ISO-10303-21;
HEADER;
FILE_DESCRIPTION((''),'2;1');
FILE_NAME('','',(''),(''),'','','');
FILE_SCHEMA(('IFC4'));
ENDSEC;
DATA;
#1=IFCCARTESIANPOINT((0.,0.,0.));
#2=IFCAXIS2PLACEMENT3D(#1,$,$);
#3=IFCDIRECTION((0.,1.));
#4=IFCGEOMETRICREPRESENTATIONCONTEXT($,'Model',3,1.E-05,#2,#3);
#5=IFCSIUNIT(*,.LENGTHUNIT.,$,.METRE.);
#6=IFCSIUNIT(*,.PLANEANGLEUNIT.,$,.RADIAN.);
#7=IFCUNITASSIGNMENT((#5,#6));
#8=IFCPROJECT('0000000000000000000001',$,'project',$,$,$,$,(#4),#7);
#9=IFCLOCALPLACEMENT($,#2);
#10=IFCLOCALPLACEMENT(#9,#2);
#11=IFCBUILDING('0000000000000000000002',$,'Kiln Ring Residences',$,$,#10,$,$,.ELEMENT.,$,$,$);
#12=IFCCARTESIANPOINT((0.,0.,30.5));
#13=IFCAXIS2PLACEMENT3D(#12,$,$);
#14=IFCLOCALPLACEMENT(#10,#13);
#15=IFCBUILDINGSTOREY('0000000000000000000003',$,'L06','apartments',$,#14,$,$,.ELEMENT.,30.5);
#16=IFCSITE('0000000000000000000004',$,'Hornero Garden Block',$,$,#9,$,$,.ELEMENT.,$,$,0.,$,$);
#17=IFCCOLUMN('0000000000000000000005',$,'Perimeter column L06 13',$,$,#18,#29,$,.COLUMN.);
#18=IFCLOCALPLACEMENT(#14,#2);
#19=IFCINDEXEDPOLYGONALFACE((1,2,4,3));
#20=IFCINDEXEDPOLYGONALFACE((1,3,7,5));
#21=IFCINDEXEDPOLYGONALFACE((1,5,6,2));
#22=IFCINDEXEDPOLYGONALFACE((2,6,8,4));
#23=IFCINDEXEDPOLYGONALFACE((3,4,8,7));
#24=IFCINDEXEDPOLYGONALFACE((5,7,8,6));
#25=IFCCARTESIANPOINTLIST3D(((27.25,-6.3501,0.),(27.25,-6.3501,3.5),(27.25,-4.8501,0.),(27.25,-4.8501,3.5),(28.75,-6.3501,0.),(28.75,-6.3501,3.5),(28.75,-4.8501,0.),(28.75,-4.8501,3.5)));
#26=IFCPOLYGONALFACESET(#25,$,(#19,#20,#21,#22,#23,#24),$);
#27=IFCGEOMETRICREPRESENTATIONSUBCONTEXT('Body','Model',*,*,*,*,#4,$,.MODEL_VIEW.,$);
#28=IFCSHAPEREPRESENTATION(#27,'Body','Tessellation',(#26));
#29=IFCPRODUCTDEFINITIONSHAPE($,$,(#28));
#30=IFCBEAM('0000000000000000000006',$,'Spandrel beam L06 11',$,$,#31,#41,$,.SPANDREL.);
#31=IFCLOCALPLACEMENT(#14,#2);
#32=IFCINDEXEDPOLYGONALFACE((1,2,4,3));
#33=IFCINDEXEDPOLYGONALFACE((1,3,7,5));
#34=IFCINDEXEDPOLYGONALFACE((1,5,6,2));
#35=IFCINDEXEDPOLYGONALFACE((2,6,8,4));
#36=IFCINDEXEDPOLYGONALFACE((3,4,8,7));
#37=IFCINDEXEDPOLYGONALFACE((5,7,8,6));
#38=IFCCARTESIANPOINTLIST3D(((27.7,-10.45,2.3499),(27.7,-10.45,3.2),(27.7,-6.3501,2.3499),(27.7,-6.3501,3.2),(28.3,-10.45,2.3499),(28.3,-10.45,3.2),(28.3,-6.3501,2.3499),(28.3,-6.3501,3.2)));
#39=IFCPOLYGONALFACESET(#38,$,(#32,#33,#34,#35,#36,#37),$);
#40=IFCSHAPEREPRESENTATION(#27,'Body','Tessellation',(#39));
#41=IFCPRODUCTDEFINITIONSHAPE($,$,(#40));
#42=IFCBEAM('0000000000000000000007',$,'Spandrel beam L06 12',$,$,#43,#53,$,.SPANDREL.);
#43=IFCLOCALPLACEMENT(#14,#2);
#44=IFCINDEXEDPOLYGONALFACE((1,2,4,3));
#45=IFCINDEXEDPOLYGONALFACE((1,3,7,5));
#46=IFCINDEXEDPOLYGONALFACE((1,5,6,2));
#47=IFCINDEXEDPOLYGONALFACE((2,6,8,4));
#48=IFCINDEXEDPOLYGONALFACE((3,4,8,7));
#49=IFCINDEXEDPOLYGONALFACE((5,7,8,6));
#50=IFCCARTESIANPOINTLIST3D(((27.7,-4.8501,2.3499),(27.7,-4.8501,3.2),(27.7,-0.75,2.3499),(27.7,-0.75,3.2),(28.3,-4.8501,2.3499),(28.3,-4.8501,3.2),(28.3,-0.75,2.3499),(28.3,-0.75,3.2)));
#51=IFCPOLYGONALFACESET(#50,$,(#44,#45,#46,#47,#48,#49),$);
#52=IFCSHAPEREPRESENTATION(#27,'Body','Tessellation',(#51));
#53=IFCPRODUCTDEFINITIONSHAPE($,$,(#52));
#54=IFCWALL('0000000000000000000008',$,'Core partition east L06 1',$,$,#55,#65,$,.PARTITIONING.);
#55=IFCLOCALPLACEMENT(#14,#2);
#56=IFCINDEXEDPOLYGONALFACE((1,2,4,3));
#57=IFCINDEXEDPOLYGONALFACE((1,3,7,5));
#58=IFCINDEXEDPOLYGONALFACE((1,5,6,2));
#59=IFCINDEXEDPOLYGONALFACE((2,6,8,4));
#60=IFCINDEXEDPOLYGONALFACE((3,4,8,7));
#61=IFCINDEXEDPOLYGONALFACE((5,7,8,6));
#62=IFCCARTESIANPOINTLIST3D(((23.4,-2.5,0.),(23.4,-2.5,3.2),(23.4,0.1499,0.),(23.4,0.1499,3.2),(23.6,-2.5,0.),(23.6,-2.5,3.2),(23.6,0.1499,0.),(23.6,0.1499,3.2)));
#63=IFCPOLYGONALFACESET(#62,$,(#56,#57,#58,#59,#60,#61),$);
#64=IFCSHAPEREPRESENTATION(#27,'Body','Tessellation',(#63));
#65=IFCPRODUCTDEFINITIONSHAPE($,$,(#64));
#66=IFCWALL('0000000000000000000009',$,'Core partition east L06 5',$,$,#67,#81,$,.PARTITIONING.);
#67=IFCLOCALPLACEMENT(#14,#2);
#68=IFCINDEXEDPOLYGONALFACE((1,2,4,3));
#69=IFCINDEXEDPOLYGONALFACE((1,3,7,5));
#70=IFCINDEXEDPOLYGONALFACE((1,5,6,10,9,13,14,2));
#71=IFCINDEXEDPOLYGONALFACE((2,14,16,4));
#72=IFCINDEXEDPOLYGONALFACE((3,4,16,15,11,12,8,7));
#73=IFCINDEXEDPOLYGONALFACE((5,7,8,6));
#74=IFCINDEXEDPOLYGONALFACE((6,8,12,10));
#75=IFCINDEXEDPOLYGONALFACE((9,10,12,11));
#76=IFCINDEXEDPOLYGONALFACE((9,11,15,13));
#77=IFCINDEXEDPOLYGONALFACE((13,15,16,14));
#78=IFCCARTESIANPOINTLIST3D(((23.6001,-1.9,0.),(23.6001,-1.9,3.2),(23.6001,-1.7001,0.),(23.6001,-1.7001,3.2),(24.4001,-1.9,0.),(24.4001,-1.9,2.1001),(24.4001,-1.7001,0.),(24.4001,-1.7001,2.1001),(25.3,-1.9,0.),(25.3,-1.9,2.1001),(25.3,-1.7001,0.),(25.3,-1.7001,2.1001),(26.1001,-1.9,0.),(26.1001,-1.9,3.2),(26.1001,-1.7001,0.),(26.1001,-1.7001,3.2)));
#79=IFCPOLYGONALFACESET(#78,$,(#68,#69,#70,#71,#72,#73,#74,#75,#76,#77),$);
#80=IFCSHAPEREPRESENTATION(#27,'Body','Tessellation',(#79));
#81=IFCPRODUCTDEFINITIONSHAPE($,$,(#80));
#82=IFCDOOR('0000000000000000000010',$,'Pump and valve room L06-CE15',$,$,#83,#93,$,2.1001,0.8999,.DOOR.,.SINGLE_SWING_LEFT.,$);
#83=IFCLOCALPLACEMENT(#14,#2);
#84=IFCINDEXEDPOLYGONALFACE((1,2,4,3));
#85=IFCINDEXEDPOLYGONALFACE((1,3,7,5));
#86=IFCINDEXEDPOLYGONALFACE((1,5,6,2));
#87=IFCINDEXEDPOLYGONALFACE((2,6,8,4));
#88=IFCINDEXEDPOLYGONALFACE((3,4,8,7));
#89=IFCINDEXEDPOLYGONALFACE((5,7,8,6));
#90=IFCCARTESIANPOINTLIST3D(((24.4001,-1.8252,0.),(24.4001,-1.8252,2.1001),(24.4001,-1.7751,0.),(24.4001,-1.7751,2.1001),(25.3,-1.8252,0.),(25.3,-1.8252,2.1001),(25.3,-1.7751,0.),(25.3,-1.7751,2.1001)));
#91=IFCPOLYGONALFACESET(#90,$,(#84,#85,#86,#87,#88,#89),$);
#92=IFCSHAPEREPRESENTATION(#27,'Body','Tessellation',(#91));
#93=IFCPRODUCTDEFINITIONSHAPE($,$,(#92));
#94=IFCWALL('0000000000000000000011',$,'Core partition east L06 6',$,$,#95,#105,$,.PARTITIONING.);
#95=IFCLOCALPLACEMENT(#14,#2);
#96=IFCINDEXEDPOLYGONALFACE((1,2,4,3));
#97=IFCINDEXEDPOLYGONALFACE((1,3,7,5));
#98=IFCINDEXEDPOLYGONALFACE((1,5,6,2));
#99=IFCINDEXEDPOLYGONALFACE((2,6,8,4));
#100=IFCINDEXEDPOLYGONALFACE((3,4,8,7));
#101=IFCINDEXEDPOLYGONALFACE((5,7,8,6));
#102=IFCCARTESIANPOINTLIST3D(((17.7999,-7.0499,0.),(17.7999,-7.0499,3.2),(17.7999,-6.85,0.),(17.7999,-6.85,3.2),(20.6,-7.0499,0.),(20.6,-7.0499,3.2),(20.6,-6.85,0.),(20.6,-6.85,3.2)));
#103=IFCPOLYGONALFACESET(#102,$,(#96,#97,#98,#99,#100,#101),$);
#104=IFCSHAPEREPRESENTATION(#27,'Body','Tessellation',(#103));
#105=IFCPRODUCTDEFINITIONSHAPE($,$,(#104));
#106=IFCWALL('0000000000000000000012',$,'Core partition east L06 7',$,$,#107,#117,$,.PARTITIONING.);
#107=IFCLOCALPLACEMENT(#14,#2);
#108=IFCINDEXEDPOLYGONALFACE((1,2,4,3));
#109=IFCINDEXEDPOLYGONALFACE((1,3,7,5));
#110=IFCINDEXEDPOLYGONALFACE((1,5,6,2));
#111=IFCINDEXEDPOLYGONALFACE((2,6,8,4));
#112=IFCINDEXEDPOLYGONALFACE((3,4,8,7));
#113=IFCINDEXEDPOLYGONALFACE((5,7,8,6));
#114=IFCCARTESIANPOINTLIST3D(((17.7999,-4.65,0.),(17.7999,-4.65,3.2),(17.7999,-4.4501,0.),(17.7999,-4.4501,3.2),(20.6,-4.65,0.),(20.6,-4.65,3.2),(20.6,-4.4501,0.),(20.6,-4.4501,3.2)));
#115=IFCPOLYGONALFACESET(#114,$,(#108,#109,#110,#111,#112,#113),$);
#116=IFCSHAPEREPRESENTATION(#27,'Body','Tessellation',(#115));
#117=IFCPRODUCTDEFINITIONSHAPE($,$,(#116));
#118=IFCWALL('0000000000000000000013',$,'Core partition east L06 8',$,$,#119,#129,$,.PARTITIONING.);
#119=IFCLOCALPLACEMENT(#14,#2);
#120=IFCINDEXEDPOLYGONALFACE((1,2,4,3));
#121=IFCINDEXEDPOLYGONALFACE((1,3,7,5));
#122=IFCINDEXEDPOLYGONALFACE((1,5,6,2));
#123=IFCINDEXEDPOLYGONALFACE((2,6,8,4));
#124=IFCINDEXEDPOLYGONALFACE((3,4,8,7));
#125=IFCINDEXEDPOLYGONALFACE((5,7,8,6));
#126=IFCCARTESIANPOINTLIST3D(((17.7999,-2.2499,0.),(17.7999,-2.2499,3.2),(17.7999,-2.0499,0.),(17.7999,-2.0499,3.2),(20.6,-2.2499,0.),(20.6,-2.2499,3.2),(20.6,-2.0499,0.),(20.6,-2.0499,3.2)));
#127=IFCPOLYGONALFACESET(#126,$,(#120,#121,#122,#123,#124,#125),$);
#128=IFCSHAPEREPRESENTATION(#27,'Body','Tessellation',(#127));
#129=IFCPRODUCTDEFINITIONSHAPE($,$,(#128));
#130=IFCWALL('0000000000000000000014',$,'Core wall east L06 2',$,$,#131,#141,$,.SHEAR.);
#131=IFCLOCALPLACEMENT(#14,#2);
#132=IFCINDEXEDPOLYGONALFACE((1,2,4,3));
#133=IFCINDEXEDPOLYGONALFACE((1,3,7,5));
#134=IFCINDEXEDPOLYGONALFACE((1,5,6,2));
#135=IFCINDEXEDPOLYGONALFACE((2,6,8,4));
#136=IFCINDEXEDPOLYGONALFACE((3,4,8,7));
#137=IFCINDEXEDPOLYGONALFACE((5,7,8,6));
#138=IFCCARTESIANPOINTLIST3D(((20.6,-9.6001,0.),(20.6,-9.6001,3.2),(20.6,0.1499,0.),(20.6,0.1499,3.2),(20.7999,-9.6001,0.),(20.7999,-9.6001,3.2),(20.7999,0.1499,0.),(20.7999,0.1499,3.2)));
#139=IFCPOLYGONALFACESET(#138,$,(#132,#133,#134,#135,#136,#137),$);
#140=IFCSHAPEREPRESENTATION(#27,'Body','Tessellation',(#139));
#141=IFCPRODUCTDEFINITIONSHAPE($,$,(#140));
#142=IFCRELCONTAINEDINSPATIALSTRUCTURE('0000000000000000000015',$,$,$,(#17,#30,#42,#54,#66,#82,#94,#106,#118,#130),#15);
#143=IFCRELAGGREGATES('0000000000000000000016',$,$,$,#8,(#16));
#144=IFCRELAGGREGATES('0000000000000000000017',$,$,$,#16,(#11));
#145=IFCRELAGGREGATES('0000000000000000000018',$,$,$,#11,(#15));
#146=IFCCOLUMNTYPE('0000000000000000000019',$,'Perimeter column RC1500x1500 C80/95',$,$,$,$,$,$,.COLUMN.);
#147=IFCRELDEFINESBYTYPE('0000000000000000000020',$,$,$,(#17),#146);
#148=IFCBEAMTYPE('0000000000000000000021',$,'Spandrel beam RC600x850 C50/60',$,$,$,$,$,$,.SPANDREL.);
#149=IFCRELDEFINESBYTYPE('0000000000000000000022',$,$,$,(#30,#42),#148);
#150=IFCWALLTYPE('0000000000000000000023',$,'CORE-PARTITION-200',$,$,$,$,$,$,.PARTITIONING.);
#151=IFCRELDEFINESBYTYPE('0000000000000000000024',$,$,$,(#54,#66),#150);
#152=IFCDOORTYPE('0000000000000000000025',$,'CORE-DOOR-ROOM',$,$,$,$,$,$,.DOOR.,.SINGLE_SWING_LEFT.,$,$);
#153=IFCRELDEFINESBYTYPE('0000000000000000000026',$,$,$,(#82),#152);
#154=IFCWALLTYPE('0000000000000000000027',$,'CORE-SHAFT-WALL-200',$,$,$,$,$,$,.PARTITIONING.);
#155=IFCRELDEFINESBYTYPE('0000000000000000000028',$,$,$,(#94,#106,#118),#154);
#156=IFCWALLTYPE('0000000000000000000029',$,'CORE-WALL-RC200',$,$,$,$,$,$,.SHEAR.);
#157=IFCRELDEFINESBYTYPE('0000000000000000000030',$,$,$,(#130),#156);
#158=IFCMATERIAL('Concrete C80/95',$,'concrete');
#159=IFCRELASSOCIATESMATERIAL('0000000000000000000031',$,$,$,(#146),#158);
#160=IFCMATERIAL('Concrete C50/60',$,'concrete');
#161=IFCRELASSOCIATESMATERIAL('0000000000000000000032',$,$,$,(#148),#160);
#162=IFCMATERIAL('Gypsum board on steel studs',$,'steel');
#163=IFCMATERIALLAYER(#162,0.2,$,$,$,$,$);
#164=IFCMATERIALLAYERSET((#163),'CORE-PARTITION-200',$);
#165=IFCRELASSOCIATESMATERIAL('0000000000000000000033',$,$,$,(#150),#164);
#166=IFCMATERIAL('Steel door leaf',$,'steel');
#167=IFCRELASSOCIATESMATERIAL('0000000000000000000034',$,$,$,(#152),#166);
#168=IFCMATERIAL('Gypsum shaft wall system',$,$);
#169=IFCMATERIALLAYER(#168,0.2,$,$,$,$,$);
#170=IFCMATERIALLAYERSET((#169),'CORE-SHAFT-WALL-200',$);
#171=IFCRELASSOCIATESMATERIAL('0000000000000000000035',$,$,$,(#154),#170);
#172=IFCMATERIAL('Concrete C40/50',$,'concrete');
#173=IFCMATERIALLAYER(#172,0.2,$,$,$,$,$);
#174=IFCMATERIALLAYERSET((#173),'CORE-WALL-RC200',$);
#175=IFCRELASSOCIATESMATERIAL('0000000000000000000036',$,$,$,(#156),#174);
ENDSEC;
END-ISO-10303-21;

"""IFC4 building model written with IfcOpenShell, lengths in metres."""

from ifc_helpers import new_model, si_unit, direction, frame, frame_2d, origin, origin_2d, place, context, subcontext, project, spatial, rectangle, extrude, material, layer, layer_set, material_profile, profile_set, type_object, element, fill, save


model = new_model("IFC4")

# Units and contexts
model_context = context("Model", 3, precision=1e-05, world=origin(), true_north=direction((0.0, 1.0)))
body_context = subcontext(model_context, "Body", "Model", "MODEL_VIEW")
ifc_project = project(units=[si_unit("LENGTHUNIT", "METRE"), si_unit("PLANEANGLEUNIT", "RADIAN")], contexts=[model_context])

# Site, building, storey
site_placement = place(None, origin())
site = spatial("IfcSite", under=ifc_project, at=site_placement, Name="Hornero Garden Block", CompositionType="ELEMENT", RefElevation=0.0)
building_placement = place(site_placement, origin())
building = spatial("IfcBuilding", under=site, at=building_placement, Name="Kiln Ring Residences", CompositionType="ELEMENT")
storey_placement = place(building_placement, frame((0.0, 0.0, 30.5)))
storey = spatial("IfcBuildingStorey", under=building, at=storey_placement, Name="L06", Description="apartments", CompositionType="ELEMENT", Elevation=30.5)

# Column
ifc_material_1 = material(Name="Concrete C80/95", Category="concrete")
ifc_material_profile_1 = material_profile(ifc_material_1, rectangle(XDim=1.5, YDim=1.5, at=origin_2d()), Name="RC1500x1500")
ifc_profile_set_1 = profile_set([ifc_material_profile_1], Name="Concrete C80/95")
column_type = type_object("IfcColumnType", Name="Perimeter column RC1500x1500 C80/95", PredefinedType="COLUMN", material=ifc_profile_set_1)
column_placement = place(storey_placement, frame((28.0, -5.6001, 0.0), z_axis=(0.0, 0.0, 1.0), x_axis=(1.0, 0.0, 0.0)))
element("IfcColumn", 1, at=column_placement, inside=storey, type_object=column_type, Name="Perimeter column L06 13", PredefinedType="COLUMN", context=body_context, shape_type="SweptSolid", body=[
    extrude(rectangle(XDim=1.5, YDim=1.5, at=origin_2d()), origin(), (0.0, 0.0, 1.0), 3.5),
])

# Beams
ifc_material_2 = material(Name="Concrete C50/60", Category="concrete")
ifc_material_profile_2 = material_profile(ifc_material_2, rectangle(XDim=0.6001, YDim=0.8501, at=origin_2d()), Name="RC600x850")
ifc_profile_set_2 = profile_set([ifc_material_profile_2], Name="Concrete C50/60")
beam_type = type_object("IfcBeamType", Name="Spandrel beam RC600x850 C50/60", PredefinedType="SPANDREL", material=ifc_profile_set_2)
beam_1_placement = place(storey_placement, frame((28.0, -10.45, 2.7749), z_axis=(0.0, 1.0, 0.0), x_axis=(-1.0, 0.0, 0.0)))
element("IfcBeam", 2, at=beam_1_placement, inside=storey, type_object=beam_type, Name="Spandrel beam L06 11", PredefinedType="SPANDREL", context=body_context, shape_type="SweptSolid", body=[
    extrude(rectangle(XDim=0.6001, YDim=0.8501, at=origin_2d()), origin(), (0.0, 0.0, 1.0), 4.0999),
])
beam_2_placement = place(storey_placement, frame((28.0, -4.8501, 2.7749), z_axis=(0.0, 1.0, 0.0), x_axis=(-1.0, 0.0, 0.0)))
element("IfcBeam", 3, at=beam_2_placement, inside=storey, type_object=beam_type, Name="Spandrel beam L06 12", PredefinedType="SPANDREL", context=body_context, shape_type="SweptSolid", body=[
    extrude(rectangle(XDim=0.6001, YDim=0.8501, at=origin_2d()), origin(), (0.0, 0.0, 1.0), 4.1001),
])

# Wall
ifc_material_3 = material(Name="Gypsum board on steel studs", Category="steel")
ifc_layer_1 = layer(ifc_material_3, 0.2)
ifc_layer_set_1 = layer_set([ifc_layer_1], Name="CORE-PARTITION-200")
wall_type_1 = type_object("IfcWallType", Name="CORE-PARTITION-200", PredefinedType="PARTITIONING", material=ifc_layer_set_1)
wall_1_placement = place(storey_placement, frame((23.5, -2.5, 0.0), z_axis=(0.0, 0.0, 1.0), x_axis=(0.0, 1.0, 0.0)))
element("IfcWall", 4, at=wall_1_placement, inside=storey, type_object=wall_type_1, Name="Core partition east L06 1", PredefinedType="PARTITIONING", context=body_context, shape_type="SweptSolid", body=[
    extrude(rectangle(XDim=2.6499, YDim=0.2, at=frame_2d((1.325, 0.0))), origin(), (0.0, 0.0, 1.0), 3.2),
])

# Wall, opening, door
wall_2_placement = place(storey_placement, frame((23.6001, -1.8, 0.0), z_axis=(0.0, 0.0, 1.0), x_axis=(1.0, 0.0, 0.0)))
wall_2 = element("IfcWall", 5, at=wall_2_placement, inside=storey, type_object=wall_type_1, Name="Core partition east L06 5", PredefinedType="PARTITIONING", context=body_context, shape_type="SweptSolid", body=[
    extrude(rectangle(XDim=2.5, YDim=0.2, at=frame_2d((1.25, 0.0))), origin(), (0.0, 0.0, 1.0), 3.2),
])
opening_1_placement = place(wall_2_placement, frame((0.8, 0.0, 0.0)))
opening_1 = element("IfcOpeningElement", 6, at=opening_1_placement, cuts=wall_2, PredefinedType="OPENING", context=body_context, shape_type="SweptSolid", body=[
    extrude(rectangle(XDim=0.8999, YDim=2.1001, at=frame_2d((0.45, 1.05))), frame((0.0, 0.1099, 0.0), z_axis=(0.0, -1.0, 0.0), x_axis=(1.0, 0.0, 0.0)), (0.0, 0.0, 1.0), 0.22),
])
ifc_material_4 = material(Name="Steel door leaf", Category="steel")
door_type_1 = type_object("IfcDoorType", Name="CORE-DOOR-ROOM", OperationType="SINGLE_SWING_LEFT", PredefinedType="DOOR", material=ifc_material_4)
door_1_placement = place(opening_1_placement, origin())
door_1 = element("IfcDoor", 7, at=door_1_placement, inside=storey, type_object=door_type_1, Name="Pump and valve room L06-CE15", OperationType="SINGLE_SWING_LEFT", OverallHeight=2.1001, OverallWidth=0.8999, PredefinedType="DOOR", context=body_context, shape_type="SweptSolid", body=[
    extrude(rectangle(XDim=0.8999, YDim=2.1001, at=frame_2d((0.45, 1.05))), frame((0.0, 0.0249, 0.0), z_axis=(0.0, -1.0, 0.0), x_axis=(1.0, 0.0, 0.0)), (0.0, 0.0, 1.0), 0.05),
])
fill(opening_1, door_1)

# Walls
ifc_material_5 = material(Name="Gypsum shaft wall system")
ifc_layer_2 = layer(ifc_material_5, 0.2)
ifc_layer_set_2 = layer_set([ifc_layer_2], Name="CORE-SHAFT-WALL-200")
wall_type_2 = type_object("IfcWallType", Name="CORE-SHAFT-WALL-200", PredefinedType="PARTITIONING", material=ifc_layer_set_2)
for number, where, z_axis, x_axis, name in (
    (8, (17.8, -6.95, 0.0), (0.0, 0.0, 1.0), (1.0, 0.0, 0.0), "Core partition east L06 6"),
    (9, (17.8, -4.55, 0.0), (0.0, 0.0, 1.0), (1.0, 0.0, 0.0), "Core partition east L06 7"),
    (10, (17.8, -2.1499, 0.0), (0.0, 0.0, 1.0), (1.0, 0.0, 0.0), "Core partition east L06 8"),
):
    element("IfcWall", number, at=place(storey_placement, frame(where, z_axis=z_axis, x_axis=x_axis)), inside=storey, type_object=wall_type_2, Name=name, PredefinedType="PARTITIONING", context=body_context, shape_type="SweptSolid", body=[
        extrude(rectangle(XDim=2.8, YDim=0.2, at=frame_2d((1.3999, 0.0))), origin(), (0.0, 0.0, 1.0), 3.2),
    ])
ifc_material_6 = material(Name="Concrete C40/50", Category="concrete")
ifc_layer_3 = layer(ifc_material_6, 0.2)
ifc_layer_set_3 = layer_set([ifc_layer_3], Name="CORE-WALL-RC200")
wall_type_3 = type_object("IfcWallType", Name="CORE-WALL-RC200", PredefinedType="SHEAR", material=ifc_layer_set_3)
wall_3_placement = place(storey_placement, frame((20.7, -9.6001, 0.0), z_axis=(0.0, 0.0, 1.0), x_axis=(0.0, 1.0, 0.0)))
element("IfcWall", 11, at=wall_3_placement, inside=storey, type_object=wall_type_3, Name="Core wall east L06 2", PredefinedType="SHEAR", context=body_context, shape_type="SweptSolid", body=[
    extrude(rectangle(XDim=9.75, YDim=0.2, at=frame_2d((4.875, 0.0))), origin(), (0.0, 0.0, 1.0), 3.2),
])

save(model, "model.ifc")
